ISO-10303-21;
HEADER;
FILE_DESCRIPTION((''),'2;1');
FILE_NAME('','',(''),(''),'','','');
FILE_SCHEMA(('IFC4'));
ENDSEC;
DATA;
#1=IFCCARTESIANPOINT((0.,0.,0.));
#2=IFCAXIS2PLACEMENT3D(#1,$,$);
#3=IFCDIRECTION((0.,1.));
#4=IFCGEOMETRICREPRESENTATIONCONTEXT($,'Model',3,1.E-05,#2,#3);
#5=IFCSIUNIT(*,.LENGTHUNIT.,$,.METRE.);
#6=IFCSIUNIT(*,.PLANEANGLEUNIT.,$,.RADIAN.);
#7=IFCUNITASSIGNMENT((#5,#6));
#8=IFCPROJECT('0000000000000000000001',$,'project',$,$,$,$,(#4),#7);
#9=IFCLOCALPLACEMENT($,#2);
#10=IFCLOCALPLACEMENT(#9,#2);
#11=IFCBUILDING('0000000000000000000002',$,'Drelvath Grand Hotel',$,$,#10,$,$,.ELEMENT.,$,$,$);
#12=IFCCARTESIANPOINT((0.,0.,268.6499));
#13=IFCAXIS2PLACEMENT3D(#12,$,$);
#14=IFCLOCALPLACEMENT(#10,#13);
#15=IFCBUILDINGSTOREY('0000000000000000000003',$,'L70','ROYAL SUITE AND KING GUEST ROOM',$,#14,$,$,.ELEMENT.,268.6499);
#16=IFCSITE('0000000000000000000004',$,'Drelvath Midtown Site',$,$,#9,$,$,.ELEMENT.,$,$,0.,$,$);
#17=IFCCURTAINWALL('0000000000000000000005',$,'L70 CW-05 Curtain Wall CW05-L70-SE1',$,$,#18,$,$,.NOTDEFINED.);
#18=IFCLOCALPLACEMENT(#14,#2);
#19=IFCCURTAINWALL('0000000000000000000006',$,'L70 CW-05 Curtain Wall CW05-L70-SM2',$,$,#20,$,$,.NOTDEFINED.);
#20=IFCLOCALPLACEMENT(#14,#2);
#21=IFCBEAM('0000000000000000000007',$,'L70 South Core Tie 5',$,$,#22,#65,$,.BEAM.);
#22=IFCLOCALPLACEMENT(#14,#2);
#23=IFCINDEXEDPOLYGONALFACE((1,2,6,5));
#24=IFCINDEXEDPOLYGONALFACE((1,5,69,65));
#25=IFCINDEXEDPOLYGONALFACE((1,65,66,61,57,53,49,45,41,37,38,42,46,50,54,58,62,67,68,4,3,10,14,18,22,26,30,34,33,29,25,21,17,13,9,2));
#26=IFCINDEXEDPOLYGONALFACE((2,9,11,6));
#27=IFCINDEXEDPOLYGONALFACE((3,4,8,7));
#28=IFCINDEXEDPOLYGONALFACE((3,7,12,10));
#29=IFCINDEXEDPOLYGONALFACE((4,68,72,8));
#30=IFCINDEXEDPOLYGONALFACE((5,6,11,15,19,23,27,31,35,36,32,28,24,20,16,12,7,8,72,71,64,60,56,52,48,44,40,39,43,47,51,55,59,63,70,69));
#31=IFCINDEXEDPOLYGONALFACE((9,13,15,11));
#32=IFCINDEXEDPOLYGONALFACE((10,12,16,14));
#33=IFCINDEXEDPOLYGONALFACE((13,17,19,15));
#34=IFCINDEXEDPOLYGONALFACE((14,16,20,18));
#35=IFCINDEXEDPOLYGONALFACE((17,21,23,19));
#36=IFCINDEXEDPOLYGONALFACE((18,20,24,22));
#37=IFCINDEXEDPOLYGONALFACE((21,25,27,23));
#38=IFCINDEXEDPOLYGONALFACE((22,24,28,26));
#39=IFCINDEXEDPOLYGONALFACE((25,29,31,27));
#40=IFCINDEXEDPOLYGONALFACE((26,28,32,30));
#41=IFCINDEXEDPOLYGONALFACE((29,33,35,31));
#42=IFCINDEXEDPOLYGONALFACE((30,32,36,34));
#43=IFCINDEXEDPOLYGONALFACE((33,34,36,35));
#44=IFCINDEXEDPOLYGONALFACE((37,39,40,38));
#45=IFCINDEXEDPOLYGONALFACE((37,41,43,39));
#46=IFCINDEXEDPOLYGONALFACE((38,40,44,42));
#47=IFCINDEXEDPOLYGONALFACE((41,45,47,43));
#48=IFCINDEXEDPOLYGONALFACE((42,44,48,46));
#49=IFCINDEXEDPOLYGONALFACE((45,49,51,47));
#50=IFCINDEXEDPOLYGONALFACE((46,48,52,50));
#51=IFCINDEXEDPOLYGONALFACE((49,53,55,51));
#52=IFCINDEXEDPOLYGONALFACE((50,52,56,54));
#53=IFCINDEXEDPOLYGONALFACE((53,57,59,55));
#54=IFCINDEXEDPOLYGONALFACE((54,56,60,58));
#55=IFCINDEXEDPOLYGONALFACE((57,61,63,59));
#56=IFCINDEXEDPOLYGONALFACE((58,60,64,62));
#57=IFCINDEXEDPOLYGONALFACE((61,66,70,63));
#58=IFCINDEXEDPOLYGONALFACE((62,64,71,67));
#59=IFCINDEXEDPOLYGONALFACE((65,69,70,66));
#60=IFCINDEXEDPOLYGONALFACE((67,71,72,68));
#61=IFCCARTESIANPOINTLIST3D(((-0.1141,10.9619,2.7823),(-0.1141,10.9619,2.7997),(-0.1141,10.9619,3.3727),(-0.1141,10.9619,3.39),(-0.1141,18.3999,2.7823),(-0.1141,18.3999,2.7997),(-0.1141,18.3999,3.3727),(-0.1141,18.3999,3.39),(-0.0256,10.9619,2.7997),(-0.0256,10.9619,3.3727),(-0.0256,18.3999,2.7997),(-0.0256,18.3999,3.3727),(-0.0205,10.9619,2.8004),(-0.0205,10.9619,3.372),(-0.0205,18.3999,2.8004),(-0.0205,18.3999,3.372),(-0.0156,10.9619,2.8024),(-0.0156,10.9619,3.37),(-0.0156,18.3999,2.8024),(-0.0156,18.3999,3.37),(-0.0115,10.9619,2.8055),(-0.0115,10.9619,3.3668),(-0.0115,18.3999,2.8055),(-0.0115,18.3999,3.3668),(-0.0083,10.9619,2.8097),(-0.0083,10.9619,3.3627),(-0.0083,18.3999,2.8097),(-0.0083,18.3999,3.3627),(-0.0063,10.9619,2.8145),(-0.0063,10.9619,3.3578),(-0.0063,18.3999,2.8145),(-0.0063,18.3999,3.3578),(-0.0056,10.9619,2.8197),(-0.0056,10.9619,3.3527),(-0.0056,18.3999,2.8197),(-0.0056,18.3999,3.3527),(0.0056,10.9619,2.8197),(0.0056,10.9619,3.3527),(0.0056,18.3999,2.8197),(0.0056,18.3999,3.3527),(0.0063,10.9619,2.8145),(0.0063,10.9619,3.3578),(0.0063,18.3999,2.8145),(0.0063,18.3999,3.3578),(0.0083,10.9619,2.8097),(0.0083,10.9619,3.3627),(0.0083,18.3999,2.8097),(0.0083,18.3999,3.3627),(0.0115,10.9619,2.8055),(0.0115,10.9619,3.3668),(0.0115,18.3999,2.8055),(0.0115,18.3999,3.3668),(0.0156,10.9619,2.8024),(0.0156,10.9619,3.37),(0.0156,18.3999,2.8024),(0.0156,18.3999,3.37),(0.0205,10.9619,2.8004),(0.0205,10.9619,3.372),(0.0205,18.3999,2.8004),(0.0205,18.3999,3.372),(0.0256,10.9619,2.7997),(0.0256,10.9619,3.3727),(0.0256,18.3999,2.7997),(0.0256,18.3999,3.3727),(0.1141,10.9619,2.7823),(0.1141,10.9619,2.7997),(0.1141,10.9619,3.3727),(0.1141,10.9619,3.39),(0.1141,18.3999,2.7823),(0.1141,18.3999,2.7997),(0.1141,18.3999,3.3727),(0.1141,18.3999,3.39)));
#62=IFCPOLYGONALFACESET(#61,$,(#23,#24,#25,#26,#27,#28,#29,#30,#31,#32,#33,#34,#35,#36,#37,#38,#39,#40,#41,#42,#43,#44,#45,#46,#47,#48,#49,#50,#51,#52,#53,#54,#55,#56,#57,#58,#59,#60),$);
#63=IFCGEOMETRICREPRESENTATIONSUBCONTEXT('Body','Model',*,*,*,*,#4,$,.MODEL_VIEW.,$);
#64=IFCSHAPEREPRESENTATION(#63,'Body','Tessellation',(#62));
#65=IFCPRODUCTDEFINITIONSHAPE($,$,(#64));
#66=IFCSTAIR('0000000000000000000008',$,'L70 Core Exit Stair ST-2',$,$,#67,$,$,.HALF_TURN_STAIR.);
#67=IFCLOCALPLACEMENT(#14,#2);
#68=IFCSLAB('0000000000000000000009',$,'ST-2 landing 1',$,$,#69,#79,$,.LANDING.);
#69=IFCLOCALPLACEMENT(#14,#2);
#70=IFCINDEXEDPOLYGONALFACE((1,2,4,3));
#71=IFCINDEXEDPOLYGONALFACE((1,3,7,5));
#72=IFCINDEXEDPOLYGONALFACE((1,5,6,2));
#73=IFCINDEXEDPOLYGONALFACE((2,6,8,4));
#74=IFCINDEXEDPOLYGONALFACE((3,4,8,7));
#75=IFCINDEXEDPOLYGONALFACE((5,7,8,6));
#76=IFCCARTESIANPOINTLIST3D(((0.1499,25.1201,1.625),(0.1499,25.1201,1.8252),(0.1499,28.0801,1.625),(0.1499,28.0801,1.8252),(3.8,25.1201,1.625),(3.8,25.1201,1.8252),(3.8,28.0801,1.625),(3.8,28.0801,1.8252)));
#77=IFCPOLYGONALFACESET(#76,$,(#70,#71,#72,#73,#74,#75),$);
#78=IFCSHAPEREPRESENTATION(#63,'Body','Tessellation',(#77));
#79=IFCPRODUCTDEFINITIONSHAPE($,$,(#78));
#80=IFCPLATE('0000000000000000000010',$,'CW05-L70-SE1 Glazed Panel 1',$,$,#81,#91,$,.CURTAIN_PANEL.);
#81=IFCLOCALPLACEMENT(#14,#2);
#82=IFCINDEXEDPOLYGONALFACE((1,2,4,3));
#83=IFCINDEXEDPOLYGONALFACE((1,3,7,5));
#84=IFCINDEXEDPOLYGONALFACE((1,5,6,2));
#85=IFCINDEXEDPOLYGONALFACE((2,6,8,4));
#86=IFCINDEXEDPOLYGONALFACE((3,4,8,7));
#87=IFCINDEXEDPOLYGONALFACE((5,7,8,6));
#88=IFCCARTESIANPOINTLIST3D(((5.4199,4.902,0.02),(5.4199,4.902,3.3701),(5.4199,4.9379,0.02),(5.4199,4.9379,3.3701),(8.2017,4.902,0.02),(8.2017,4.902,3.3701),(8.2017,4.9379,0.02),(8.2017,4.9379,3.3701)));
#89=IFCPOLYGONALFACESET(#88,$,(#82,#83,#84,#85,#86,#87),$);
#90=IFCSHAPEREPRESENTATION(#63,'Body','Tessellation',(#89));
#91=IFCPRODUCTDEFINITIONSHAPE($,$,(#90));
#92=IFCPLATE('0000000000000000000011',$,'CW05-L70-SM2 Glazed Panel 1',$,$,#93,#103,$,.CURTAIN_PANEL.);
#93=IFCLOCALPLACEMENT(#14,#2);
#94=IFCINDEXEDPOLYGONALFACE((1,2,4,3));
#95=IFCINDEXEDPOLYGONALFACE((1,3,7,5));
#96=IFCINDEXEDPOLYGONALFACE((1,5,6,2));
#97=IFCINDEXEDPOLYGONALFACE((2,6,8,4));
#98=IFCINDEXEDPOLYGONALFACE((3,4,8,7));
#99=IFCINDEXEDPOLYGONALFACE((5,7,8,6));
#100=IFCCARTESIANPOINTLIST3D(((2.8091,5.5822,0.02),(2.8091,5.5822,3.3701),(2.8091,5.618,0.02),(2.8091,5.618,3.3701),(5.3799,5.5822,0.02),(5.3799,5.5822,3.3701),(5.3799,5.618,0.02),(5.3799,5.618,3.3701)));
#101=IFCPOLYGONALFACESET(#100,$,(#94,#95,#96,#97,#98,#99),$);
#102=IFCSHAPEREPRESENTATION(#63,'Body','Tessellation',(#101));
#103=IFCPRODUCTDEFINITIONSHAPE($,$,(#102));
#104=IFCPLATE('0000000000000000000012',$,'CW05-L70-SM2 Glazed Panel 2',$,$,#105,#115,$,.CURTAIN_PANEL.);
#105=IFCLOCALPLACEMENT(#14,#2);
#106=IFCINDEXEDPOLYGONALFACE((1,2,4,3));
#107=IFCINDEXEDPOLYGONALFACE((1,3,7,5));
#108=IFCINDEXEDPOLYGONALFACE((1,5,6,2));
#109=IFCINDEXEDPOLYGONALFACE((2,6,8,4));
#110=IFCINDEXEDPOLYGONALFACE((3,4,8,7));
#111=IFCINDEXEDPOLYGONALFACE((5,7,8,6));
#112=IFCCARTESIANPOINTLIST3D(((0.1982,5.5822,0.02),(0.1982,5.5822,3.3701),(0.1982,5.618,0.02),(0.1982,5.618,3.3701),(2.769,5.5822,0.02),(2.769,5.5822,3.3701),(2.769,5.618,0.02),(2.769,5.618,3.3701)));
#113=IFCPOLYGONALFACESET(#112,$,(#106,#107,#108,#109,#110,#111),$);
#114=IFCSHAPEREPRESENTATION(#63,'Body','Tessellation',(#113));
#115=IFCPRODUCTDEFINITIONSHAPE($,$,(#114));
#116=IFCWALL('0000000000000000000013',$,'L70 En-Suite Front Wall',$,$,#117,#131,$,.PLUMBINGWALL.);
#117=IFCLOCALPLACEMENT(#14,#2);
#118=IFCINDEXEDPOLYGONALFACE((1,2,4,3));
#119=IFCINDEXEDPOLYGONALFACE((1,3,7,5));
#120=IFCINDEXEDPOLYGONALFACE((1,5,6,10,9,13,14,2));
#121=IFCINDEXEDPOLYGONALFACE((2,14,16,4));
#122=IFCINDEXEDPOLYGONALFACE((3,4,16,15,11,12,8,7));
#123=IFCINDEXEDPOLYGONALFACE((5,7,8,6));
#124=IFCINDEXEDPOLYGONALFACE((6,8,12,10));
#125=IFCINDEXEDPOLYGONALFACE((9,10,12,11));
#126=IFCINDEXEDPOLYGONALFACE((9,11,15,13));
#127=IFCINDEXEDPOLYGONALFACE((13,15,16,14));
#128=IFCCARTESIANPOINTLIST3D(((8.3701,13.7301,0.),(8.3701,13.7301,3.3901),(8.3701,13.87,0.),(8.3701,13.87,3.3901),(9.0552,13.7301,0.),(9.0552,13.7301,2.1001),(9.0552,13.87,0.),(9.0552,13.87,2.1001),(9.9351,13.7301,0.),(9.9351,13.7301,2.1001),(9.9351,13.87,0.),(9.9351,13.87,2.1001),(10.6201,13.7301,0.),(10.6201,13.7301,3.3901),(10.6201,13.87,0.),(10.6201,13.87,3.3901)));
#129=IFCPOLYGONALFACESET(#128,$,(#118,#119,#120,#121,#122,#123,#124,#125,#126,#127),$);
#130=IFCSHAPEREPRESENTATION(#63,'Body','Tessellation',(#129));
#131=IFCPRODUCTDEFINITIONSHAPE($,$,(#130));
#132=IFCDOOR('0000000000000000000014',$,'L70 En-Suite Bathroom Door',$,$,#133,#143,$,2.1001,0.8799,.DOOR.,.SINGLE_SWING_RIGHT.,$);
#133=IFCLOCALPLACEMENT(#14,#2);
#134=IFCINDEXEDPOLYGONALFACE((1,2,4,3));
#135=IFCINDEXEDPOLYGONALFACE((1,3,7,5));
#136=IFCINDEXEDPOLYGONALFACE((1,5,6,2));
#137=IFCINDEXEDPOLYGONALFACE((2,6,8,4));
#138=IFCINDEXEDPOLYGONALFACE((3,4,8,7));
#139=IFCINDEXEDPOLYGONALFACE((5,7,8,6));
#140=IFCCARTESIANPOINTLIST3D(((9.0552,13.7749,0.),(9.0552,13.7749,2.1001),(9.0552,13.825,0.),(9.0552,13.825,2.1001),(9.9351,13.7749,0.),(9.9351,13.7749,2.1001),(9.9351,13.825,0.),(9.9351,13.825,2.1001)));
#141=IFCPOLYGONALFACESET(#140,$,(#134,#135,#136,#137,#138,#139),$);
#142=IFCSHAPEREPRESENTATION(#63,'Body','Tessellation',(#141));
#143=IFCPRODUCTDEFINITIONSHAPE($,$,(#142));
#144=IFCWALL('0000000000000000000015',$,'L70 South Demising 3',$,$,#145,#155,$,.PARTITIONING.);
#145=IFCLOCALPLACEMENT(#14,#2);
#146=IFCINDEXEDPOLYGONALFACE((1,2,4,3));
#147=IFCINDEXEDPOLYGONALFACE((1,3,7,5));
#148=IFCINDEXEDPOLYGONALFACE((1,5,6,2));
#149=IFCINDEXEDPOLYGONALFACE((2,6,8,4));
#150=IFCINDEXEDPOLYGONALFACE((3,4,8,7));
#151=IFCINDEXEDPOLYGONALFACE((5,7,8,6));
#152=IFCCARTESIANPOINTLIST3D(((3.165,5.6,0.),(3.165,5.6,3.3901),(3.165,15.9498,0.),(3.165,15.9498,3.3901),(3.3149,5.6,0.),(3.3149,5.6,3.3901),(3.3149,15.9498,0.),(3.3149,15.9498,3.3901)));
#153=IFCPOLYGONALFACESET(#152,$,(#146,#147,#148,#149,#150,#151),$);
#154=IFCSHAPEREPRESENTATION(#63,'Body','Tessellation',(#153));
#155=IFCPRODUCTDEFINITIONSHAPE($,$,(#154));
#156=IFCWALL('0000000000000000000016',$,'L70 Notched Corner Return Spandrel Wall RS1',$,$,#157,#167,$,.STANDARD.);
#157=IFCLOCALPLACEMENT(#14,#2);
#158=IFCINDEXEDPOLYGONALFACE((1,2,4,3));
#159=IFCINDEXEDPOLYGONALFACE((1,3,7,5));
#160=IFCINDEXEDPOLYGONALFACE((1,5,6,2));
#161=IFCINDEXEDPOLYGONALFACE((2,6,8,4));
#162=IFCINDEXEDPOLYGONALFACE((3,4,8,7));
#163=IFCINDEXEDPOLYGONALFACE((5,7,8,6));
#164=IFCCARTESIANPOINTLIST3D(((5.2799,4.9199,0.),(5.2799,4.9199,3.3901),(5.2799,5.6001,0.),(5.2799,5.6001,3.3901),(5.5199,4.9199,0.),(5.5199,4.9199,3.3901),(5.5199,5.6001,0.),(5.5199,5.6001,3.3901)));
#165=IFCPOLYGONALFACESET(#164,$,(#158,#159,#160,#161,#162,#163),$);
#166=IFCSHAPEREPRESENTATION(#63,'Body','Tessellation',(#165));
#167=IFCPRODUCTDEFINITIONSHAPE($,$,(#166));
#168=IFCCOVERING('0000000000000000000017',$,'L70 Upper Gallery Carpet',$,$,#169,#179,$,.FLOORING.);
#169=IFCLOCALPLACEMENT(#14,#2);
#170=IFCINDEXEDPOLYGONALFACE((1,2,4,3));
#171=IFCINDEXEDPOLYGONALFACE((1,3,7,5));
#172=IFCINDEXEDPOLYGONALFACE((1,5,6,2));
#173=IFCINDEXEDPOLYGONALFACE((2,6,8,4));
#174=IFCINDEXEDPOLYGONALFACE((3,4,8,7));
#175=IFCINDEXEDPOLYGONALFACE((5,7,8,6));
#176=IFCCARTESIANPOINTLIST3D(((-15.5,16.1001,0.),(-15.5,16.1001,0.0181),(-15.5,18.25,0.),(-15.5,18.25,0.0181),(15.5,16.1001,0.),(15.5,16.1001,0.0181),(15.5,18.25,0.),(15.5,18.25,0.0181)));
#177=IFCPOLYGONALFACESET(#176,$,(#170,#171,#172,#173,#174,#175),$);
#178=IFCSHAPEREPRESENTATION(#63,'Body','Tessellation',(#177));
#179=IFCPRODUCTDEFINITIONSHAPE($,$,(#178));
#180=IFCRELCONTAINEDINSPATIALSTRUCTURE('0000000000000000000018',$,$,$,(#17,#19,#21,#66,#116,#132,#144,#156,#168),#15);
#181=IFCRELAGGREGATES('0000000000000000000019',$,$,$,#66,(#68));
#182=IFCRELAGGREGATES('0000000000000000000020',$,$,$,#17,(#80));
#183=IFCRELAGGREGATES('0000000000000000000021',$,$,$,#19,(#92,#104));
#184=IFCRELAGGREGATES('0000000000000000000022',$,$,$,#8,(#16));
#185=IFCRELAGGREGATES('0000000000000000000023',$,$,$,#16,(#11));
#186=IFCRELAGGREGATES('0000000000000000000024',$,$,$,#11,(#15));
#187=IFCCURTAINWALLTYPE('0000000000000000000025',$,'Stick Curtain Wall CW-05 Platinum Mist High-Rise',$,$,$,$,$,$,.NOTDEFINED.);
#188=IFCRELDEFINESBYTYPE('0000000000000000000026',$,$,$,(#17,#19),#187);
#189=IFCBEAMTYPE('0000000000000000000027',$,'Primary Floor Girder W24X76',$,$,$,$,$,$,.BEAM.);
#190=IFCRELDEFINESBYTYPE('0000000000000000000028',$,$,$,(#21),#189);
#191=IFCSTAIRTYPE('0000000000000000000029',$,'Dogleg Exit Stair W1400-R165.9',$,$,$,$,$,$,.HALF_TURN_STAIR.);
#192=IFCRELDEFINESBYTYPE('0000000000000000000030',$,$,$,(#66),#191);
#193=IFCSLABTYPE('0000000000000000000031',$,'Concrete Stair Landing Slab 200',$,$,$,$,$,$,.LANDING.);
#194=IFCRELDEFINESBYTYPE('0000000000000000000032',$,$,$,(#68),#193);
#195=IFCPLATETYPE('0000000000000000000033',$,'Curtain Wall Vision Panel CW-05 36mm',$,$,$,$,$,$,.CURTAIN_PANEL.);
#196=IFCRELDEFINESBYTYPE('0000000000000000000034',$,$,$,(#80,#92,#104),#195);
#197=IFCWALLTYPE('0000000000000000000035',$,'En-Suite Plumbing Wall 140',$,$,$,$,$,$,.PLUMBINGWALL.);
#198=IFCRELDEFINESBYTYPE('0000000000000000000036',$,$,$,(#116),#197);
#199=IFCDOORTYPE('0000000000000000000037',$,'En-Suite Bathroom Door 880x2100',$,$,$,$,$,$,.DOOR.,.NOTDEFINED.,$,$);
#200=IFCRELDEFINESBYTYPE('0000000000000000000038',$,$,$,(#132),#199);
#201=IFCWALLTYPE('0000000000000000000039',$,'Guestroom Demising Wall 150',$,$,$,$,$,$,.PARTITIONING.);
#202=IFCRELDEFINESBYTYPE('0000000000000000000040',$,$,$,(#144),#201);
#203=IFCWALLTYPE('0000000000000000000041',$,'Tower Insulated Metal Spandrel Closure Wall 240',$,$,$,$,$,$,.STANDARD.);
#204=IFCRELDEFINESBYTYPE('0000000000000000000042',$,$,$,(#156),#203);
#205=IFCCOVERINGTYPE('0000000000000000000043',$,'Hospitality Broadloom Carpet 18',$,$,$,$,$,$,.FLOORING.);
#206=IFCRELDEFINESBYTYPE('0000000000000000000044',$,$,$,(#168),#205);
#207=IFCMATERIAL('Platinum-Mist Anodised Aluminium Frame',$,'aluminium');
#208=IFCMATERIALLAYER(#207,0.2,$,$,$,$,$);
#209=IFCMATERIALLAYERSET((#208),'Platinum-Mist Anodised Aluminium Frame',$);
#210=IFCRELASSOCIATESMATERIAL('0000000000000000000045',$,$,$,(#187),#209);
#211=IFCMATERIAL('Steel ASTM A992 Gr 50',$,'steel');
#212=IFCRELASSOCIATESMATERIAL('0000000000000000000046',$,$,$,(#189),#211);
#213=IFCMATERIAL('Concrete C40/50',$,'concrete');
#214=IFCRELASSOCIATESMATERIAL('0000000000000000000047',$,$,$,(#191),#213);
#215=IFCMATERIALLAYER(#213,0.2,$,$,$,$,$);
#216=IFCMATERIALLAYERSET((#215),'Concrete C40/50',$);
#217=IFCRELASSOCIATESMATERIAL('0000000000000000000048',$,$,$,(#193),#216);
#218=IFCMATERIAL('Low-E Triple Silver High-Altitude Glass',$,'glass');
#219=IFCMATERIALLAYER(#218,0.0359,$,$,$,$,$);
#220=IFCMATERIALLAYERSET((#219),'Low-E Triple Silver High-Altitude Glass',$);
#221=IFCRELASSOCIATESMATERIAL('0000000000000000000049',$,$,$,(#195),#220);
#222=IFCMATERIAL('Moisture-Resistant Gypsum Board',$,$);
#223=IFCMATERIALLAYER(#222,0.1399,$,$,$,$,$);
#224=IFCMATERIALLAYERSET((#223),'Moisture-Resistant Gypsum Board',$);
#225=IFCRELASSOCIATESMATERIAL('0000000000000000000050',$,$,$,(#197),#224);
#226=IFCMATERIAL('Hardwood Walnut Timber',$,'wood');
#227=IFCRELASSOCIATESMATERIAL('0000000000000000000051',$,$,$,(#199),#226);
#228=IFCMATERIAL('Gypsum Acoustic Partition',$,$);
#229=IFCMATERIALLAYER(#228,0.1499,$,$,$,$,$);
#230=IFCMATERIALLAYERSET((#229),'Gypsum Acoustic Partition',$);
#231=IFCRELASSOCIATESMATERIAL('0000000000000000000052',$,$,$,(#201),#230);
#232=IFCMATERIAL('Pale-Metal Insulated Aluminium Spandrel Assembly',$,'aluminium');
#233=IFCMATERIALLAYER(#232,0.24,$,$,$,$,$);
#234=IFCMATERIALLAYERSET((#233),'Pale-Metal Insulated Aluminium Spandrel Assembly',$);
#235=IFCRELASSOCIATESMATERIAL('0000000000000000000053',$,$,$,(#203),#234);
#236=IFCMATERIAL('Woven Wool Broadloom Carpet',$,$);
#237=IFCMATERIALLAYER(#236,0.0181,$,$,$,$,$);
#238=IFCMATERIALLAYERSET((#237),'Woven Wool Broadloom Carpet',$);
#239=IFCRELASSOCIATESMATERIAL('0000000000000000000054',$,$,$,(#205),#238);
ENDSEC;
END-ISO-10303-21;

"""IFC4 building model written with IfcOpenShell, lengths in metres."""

from ifc_helpers import new_model, si_unit, direction, frame, frame_2d, origin, origin_2d, place, context, subcontext, project, spatial, polyline, rectangle, i_section, outline, extrude, material, layer, layer_set, material_profile, profile_set, type_object, element, fill, aggregate, save


model = new_model("IFC4")

# Units and contexts
model_context = context("Model", 3, precision=1e-05, world=origin(), true_north=direction((0.0, 1.0)))
body_context = subcontext(model_context, "Body", "Model", "MODEL_VIEW")
ifc_project = project(units=[si_unit("LENGTHUNIT", "METRE"), si_unit("PLANEANGLEUNIT", "RADIAN")], contexts=[model_context])

# Site, building, storey
site_placement = place(None, origin())
site = spatial("IfcSite", under=ifc_project, at=site_placement, Name="Drelvath Midtown Site", CompositionType="ELEMENT", RefElevation=0.0)
building_placement = place(site_placement, origin())
building = spatial("IfcBuilding", under=site, at=building_placement, Name="Drelvath Grand Hotel", CompositionType="ELEMENT")
storey_placement = place(building_placement, frame((0.0, 0.0, 268.6499)))
storey = spatial("IfcBuildingStorey", under=building, at=storey_placement, Name="L70", Description="ROYAL SUITE AND KING GUEST ROOM", CompositionType="ELEMENT", Elevation=268.6499)

# Curtain walls
ifc_material_1 = material(Name="Platinum-Mist Anodised Aluminium Frame", Category="aluminium")
ifc_layer_1 = layer(ifc_material_1, 0.2)
ifc_layer_set_1 = layer_set([ifc_layer_1], Name="Platinum-Mist Anodised Aluminium Frame")
curtain_wall_type = type_object("IfcCurtainWallType", Name="Stick Curtain Wall CW-05 Platinum Mist High-Rise", PredefinedType="NOTDEFINED", material=ifc_layer_set_1)
curtain_wall_1_placement = place(storey_placement, origin())
curtain_wall_1 = element("IfcCurtainWall", 1, at=curtain_wall_1_placement, inside=storey, type_object=curtain_wall_type, Name="L70 CW-05 Curtain Wall CW05-L70-SE1", PredefinedType="NOTDEFINED")
curtain_wall_2_placement = place(storey_placement, origin())
curtain_wall_2 = element("IfcCurtainWall", 2, at=curtain_wall_2_placement, inside=storey, type_object=curtain_wall_type, Name="L70 CW-05 Curtain Wall CW05-L70-SM2", PredefinedType="NOTDEFINED")

# Beam
ifc_material_2 = material(Name="Steel ASTM A992 Gr 50", Category="steel")
ifc_material_profile_1 = material_profile(ifc_material_2, i_section(OverallWidth=0.2283, OverallDepth=0.6077, WebThickness=0.0112, FlangeThickness=0.0173, FilletRadius=0.02, at=origin_2d()), Name="W24X76")
ifc_profile_set_1 = profile_set([ifc_material_profile_1], Name="Steel ASTM A992 Gr 50")
beam_type_1 = type_object("IfcBeamType", Name="Primary Floor Girder W24X76", PredefinedType="BEAM", material=ifc_profile_set_1)
beam_1_placement = place(storey_placement, frame((0.0, 10.9619, 3.0862), z_axis=(0.0, 1.0, 0.0), x_axis=(-1.0, 0.0, 0.0)))
element("IfcBeam", 3, at=beam_1_placement, inside=storey, type_object=beam_type_1, Name="L70 South Core Tie 5", PredefinedType="BEAM", context=body_context, shape_type="SweptSolid", body=[
    extrude(i_section(OverallWidth=0.2283, OverallDepth=0.6077, WebThickness=0.0112, FlangeThickness=0.0173, FilletRadius=0.02, at=origin_2d()), origin(), (0.0, 0.0, 1.0), 7.438),
])

# Stair, slab
ifc_material_3 = material(Name="Concrete C40/50", Category="concrete")
stair_type = type_object("IfcStairType", Name="Dogleg Exit Stair W1400-R165.9", PredefinedType="HALF_TURN_STAIR", material=ifc_material_3)
stair_placement = place(storey_placement, origin())
stair = element("IfcStair", 4, at=stair_placement, inside=storey, type_object=stair_type, Name="L70 Core Exit Stair ST-2", PredefinedType="HALF_TURN_STAIR")
ifc_layer_2 = layer(ifc_material_3, 0.2)
ifc_layer_set_2 = layer_set([ifc_layer_2], Name="Concrete C40/50")
slab_type = type_object("IfcSlabType", Name="Concrete Stair Landing Slab 200", PredefinedType="LANDING", material=ifc_layer_set_2)
slab_placement = place(storey_placement, frame((0.0, 0.0, 1.625)))
slab = element("IfcSlab", 5, at=slab_placement, type_object=slab_type, Name="ST-2 landing 1", PredefinedType="LANDING", context=body_context, shape_type="SweptSolid", body=[
    extrude(outline(polyline([(3.8, 28.0801), (0.1499, 28.0801), (0.1499, 25.1201), (3.8, 25.1201), (3.8, 28.0801)])), origin(), (0.0, 0.0, 1.0), 0.2002),
])
aggregate(stair, [slab])

# Plates
ifc_material_4 = material(Name="Low-E Triple Silver High-Altitude Glass", Category="glass")
ifc_layer_3 = layer(ifc_material_4, 0.0359)
ifc_layer_set_3 = layer_set([ifc_layer_3], Name="Low-E Triple Silver High-Altitude Glass")
plate_type = type_object("IfcPlateType", Name="Curtain Wall Vision Panel CW-05 36mm", PredefinedType="CURTAIN_PANEL", material=ifc_layer_set_3)
plate_1_placement = place(storey_placement, frame((6.8108, 4.9199, 0.02), z_axis=(0.0, 0.0, 1.0), x_axis=(-1.0, 0.0, 0.0)))
plate_1 = element("IfcPlate", 6, at=plate_1_placement, type_object=plate_type, Name="CW05-L70-SE1 Glazed Panel 1", PredefinedType="CURTAIN_PANEL", context=body_context, shape_type="SweptSolid", body=[
    extrude(rectangle(XDim=2.7817, YDim=0.0359, at=origin_2d()), origin(), (0.0, 0.0, 1.0), 3.3501),
])
aggregate(curtain_wall_1, [plate_1])
plate_2_placement = place(storey_placement, frame((4.0945, 5.6001, 0.02), z_axis=(0.0, 0.0, 1.0), x_axis=(-1.0, 0.0, 0.0)))
plate_2 = element("IfcPlate", 7, at=plate_2_placement, type_object=plate_type, Name="CW05-L70-SM2 Glazed Panel 1", PredefinedType="CURTAIN_PANEL", context=body_context, shape_type="SweptSolid", body=[
    extrude(rectangle(XDim=2.5708, YDim=0.0359, at=origin_2d()), origin(), (0.0, 0.0, 1.0), 3.3501),
])
plate_3_placement = place(storey_placement, frame((1.4836, 5.6001, 0.02), z_axis=(0.0, 0.0, 1.0), x_axis=(-1.0, 0.0, 0.0)))
plate_3 = element("IfcPlate", 8, at=plate_3_placement, type_object=plate_type, Name="CW05-L70-SM2 Glazed Panel 2", PredefinedType="CURTAIN_PANEL", context=body_context, shape_type="SweptSolid", body=[
    extrude(rectangle(XDim=2.5708, YDim=0.0359, at=origin_2d()), origin(), (0.0, 0.0, 1.0), 3.3501),
])
aggregate(curtain_wall_2, [plate_2, plate_3])

# Wall, opening, door
ifc_material_5 = material(Name="Moisture-Resistant Gypsum Board")
ifc_layer_4 = layer(ifc_material_5, 0.1399)
ifc_layer_set_4 = layer_set([ifc_layer_4], Name="Moisture-Resistant Gypsum Board")
wall_type_1 = type_object("IfcWallType", Name="En-Suite Plumbing Wall 140", PredefinedType="PLUMBINGWALL", material=ifc_layer_set_4)
wall_1_placement = place(storey_placement, frame((8.3701, 13.8, 0.0), z_axis=(0.0, 0.0, 1.0), x_axis=(1.0, 0.0, 0.0)))
wall_1 = element("IfcWall", 9, at=wall_1_placement, inside=storey, type_object=wall_type_1, Name="L70 En-Suite Front Wall", PredefinedType="PLUMBINGWALL", context=body_context, shape_type="SweptSolid", body=[
    extrude(rectangle(XDim=2.25, YDim=0.1399, at=frame_2d((1.125, 0.0))), origin(), (0.0, 0.0, 1.0), 3.3901),
])
opening_placement = place(wall_1_placement, frame((0.6851, 0.0, 0.0)))
opening = element("IfcOpeningElement", 10, at=opening_placement, cuts=wall_1, PredefinedType="OPENING", context=body_context, shape_type="SweptSolid", body=[
    extrude(rectangle(XDim=0.8799, YDim=2.1001, at=frame_2d((0.4399, 1.05))), frame((0.0, 0.0798, 0.0), z_axis=(0.0, -1.0, 0.0), x_axis=(1.0, 0.0, 0.0)), (0.0, 0.0, 1.0), 0.1599),
])
ifc_material_6 = material(Name="Hardwood Walnut Timber", Category="wood")
door_type = type_object("IfcDoorType", Name="En-Suite Bathroom Door 880x2100", OperationType="NOTDEFINED", PredefinedType="DOOR", material=ifc_material_6)
door_placement = place(opening_placement, origin())
door = element("IfcDoor", 11, at=door_placement, inside=storey, type_object=door_type, Name="L70 En-Suite Bathroom Door", OperationType="SINGLE_SWING_RIGHT", OverallHeight=2.1001, OverallWidth=0.8799, PredefinedType="DOOR", context=body_context, shape_type="SweptSolid", body=[
    extrude(rectangle(XDim=0.8799, YDim=2.1001, at=frame_2d((0.4399, 1.05))), frame((0.0, 0.0249, 0.0), z_axis=(0.0, -1.0, 0.0), x_axis=(1.0, 0.0, 0.0)), (0.0, 0.0, 1.0), 0.05),
])
fill(opening, door)

# Walls
ifc_material_7 = material(Name="Gypsum Acoustic Partition")
ifc_layer_5 = layer(ifc_material_7, 0.1499)
ifc_layer_set_5 = layer_set([ifc_layer_5], Name="Gypsum Acoustic Partition")
wall_type_2 = type_object("IfcWallType", Name="Guestroom Demising Wall 150", PredefinedType="PARTITIONING", material=ifc_layer_set_5)
wall_2_placement = place(storey_placement, frame((3.24, 5.6001, 0.0), z_axis=(0.0, 0.0, 1.0), x_axis=(0.0, 1.0, 0.0)))
element("IfcWall", 12, at=wall_2_placement, inside=storey, type_object=wall_type_2, Name="L70 South Demising 3", PredefinedType="PARTITIONING", context=body_context, shape_type="SweptSolid", body=[
    extrude(rectangle(XDim=10.3499, YDim=0.1499, at=frame_2d((5.1748, 0.0))), origin(), (0.0, 0.0, 1.0), 3.3901),
])
ifc_material_8 = material(Name="Pale-Metal Insulated Aluminium Spandrel Assembly", Category="aluminium")
ifc_layer_6 = layer(ifc_material_8, 0.24)
ifc_layer_set_6 = layer_set([ifc_layer_6], Name="Pale-Metal Insulated Aluminium Spandrel Assembly")
wall_type_3 = type_object("IfcWallType", Name="Tower Insulated Metal Spandrel Closure Wall 240", PredefinedType="STANDARD", material=ifc_layer_set_6)
wall_3_placement = place(storey_placement, frame((5.3999, 4.9199, 0.0), z_axis=(0.0, 0.0, 1.0), x_axis=(0.0, 1.0, 0.0)))
element("IfcWall", 13, at=wall_3_placement, inside=storey, type_object=wall_type_3, Name="L70 Notched Corner Return Spandrel Wall RS1", PredefinedType="STANDARD", context=body_context, shape_type="SweptSolid", body=[
    extrude(rectangle(XDim=0.6802, YDim=0.24, at=frame_2d((0.3401, 0.0))), origin(), (0.0, 0.0, 1.0), 3.3901),
])

# Covering
ifc_material_9 = material(Name="Woven Wool Broadloom Carpet")
ifc_layer_7 = layer(ifc_material_9, 0.0181)
ifc_layer_set_7 = layer_set([ifc_layer_7], Name="Woven Wool Broadloom Carpet")
covering_type_1 = type_object("IfcCoveringType", Name="Hospitality Broadloom Carpet 18", PredefinedType="FLOORING", material=ifc_layer_set_7)
covering_1_placement = place(storey_placement, origin())
element("IfcCovering", 14, at=covering_1_placement, inside=storey, type_object=covering_type_1, Name="L70 Upper Gallery Carpet", PredefinedType="FLOORING", context=body_context, shape_type="SweptSolid", body=[
    extrude(outline(polyline([(15.5, 16.1001), (15.5, 18.25), (-15.5, 18.25), (-15.5, 16.1001), (15.5, 16.1001)])), origin(), (0.0, 0.0, 1.0), 0.0181),
])

save(model, "model.ifc")
